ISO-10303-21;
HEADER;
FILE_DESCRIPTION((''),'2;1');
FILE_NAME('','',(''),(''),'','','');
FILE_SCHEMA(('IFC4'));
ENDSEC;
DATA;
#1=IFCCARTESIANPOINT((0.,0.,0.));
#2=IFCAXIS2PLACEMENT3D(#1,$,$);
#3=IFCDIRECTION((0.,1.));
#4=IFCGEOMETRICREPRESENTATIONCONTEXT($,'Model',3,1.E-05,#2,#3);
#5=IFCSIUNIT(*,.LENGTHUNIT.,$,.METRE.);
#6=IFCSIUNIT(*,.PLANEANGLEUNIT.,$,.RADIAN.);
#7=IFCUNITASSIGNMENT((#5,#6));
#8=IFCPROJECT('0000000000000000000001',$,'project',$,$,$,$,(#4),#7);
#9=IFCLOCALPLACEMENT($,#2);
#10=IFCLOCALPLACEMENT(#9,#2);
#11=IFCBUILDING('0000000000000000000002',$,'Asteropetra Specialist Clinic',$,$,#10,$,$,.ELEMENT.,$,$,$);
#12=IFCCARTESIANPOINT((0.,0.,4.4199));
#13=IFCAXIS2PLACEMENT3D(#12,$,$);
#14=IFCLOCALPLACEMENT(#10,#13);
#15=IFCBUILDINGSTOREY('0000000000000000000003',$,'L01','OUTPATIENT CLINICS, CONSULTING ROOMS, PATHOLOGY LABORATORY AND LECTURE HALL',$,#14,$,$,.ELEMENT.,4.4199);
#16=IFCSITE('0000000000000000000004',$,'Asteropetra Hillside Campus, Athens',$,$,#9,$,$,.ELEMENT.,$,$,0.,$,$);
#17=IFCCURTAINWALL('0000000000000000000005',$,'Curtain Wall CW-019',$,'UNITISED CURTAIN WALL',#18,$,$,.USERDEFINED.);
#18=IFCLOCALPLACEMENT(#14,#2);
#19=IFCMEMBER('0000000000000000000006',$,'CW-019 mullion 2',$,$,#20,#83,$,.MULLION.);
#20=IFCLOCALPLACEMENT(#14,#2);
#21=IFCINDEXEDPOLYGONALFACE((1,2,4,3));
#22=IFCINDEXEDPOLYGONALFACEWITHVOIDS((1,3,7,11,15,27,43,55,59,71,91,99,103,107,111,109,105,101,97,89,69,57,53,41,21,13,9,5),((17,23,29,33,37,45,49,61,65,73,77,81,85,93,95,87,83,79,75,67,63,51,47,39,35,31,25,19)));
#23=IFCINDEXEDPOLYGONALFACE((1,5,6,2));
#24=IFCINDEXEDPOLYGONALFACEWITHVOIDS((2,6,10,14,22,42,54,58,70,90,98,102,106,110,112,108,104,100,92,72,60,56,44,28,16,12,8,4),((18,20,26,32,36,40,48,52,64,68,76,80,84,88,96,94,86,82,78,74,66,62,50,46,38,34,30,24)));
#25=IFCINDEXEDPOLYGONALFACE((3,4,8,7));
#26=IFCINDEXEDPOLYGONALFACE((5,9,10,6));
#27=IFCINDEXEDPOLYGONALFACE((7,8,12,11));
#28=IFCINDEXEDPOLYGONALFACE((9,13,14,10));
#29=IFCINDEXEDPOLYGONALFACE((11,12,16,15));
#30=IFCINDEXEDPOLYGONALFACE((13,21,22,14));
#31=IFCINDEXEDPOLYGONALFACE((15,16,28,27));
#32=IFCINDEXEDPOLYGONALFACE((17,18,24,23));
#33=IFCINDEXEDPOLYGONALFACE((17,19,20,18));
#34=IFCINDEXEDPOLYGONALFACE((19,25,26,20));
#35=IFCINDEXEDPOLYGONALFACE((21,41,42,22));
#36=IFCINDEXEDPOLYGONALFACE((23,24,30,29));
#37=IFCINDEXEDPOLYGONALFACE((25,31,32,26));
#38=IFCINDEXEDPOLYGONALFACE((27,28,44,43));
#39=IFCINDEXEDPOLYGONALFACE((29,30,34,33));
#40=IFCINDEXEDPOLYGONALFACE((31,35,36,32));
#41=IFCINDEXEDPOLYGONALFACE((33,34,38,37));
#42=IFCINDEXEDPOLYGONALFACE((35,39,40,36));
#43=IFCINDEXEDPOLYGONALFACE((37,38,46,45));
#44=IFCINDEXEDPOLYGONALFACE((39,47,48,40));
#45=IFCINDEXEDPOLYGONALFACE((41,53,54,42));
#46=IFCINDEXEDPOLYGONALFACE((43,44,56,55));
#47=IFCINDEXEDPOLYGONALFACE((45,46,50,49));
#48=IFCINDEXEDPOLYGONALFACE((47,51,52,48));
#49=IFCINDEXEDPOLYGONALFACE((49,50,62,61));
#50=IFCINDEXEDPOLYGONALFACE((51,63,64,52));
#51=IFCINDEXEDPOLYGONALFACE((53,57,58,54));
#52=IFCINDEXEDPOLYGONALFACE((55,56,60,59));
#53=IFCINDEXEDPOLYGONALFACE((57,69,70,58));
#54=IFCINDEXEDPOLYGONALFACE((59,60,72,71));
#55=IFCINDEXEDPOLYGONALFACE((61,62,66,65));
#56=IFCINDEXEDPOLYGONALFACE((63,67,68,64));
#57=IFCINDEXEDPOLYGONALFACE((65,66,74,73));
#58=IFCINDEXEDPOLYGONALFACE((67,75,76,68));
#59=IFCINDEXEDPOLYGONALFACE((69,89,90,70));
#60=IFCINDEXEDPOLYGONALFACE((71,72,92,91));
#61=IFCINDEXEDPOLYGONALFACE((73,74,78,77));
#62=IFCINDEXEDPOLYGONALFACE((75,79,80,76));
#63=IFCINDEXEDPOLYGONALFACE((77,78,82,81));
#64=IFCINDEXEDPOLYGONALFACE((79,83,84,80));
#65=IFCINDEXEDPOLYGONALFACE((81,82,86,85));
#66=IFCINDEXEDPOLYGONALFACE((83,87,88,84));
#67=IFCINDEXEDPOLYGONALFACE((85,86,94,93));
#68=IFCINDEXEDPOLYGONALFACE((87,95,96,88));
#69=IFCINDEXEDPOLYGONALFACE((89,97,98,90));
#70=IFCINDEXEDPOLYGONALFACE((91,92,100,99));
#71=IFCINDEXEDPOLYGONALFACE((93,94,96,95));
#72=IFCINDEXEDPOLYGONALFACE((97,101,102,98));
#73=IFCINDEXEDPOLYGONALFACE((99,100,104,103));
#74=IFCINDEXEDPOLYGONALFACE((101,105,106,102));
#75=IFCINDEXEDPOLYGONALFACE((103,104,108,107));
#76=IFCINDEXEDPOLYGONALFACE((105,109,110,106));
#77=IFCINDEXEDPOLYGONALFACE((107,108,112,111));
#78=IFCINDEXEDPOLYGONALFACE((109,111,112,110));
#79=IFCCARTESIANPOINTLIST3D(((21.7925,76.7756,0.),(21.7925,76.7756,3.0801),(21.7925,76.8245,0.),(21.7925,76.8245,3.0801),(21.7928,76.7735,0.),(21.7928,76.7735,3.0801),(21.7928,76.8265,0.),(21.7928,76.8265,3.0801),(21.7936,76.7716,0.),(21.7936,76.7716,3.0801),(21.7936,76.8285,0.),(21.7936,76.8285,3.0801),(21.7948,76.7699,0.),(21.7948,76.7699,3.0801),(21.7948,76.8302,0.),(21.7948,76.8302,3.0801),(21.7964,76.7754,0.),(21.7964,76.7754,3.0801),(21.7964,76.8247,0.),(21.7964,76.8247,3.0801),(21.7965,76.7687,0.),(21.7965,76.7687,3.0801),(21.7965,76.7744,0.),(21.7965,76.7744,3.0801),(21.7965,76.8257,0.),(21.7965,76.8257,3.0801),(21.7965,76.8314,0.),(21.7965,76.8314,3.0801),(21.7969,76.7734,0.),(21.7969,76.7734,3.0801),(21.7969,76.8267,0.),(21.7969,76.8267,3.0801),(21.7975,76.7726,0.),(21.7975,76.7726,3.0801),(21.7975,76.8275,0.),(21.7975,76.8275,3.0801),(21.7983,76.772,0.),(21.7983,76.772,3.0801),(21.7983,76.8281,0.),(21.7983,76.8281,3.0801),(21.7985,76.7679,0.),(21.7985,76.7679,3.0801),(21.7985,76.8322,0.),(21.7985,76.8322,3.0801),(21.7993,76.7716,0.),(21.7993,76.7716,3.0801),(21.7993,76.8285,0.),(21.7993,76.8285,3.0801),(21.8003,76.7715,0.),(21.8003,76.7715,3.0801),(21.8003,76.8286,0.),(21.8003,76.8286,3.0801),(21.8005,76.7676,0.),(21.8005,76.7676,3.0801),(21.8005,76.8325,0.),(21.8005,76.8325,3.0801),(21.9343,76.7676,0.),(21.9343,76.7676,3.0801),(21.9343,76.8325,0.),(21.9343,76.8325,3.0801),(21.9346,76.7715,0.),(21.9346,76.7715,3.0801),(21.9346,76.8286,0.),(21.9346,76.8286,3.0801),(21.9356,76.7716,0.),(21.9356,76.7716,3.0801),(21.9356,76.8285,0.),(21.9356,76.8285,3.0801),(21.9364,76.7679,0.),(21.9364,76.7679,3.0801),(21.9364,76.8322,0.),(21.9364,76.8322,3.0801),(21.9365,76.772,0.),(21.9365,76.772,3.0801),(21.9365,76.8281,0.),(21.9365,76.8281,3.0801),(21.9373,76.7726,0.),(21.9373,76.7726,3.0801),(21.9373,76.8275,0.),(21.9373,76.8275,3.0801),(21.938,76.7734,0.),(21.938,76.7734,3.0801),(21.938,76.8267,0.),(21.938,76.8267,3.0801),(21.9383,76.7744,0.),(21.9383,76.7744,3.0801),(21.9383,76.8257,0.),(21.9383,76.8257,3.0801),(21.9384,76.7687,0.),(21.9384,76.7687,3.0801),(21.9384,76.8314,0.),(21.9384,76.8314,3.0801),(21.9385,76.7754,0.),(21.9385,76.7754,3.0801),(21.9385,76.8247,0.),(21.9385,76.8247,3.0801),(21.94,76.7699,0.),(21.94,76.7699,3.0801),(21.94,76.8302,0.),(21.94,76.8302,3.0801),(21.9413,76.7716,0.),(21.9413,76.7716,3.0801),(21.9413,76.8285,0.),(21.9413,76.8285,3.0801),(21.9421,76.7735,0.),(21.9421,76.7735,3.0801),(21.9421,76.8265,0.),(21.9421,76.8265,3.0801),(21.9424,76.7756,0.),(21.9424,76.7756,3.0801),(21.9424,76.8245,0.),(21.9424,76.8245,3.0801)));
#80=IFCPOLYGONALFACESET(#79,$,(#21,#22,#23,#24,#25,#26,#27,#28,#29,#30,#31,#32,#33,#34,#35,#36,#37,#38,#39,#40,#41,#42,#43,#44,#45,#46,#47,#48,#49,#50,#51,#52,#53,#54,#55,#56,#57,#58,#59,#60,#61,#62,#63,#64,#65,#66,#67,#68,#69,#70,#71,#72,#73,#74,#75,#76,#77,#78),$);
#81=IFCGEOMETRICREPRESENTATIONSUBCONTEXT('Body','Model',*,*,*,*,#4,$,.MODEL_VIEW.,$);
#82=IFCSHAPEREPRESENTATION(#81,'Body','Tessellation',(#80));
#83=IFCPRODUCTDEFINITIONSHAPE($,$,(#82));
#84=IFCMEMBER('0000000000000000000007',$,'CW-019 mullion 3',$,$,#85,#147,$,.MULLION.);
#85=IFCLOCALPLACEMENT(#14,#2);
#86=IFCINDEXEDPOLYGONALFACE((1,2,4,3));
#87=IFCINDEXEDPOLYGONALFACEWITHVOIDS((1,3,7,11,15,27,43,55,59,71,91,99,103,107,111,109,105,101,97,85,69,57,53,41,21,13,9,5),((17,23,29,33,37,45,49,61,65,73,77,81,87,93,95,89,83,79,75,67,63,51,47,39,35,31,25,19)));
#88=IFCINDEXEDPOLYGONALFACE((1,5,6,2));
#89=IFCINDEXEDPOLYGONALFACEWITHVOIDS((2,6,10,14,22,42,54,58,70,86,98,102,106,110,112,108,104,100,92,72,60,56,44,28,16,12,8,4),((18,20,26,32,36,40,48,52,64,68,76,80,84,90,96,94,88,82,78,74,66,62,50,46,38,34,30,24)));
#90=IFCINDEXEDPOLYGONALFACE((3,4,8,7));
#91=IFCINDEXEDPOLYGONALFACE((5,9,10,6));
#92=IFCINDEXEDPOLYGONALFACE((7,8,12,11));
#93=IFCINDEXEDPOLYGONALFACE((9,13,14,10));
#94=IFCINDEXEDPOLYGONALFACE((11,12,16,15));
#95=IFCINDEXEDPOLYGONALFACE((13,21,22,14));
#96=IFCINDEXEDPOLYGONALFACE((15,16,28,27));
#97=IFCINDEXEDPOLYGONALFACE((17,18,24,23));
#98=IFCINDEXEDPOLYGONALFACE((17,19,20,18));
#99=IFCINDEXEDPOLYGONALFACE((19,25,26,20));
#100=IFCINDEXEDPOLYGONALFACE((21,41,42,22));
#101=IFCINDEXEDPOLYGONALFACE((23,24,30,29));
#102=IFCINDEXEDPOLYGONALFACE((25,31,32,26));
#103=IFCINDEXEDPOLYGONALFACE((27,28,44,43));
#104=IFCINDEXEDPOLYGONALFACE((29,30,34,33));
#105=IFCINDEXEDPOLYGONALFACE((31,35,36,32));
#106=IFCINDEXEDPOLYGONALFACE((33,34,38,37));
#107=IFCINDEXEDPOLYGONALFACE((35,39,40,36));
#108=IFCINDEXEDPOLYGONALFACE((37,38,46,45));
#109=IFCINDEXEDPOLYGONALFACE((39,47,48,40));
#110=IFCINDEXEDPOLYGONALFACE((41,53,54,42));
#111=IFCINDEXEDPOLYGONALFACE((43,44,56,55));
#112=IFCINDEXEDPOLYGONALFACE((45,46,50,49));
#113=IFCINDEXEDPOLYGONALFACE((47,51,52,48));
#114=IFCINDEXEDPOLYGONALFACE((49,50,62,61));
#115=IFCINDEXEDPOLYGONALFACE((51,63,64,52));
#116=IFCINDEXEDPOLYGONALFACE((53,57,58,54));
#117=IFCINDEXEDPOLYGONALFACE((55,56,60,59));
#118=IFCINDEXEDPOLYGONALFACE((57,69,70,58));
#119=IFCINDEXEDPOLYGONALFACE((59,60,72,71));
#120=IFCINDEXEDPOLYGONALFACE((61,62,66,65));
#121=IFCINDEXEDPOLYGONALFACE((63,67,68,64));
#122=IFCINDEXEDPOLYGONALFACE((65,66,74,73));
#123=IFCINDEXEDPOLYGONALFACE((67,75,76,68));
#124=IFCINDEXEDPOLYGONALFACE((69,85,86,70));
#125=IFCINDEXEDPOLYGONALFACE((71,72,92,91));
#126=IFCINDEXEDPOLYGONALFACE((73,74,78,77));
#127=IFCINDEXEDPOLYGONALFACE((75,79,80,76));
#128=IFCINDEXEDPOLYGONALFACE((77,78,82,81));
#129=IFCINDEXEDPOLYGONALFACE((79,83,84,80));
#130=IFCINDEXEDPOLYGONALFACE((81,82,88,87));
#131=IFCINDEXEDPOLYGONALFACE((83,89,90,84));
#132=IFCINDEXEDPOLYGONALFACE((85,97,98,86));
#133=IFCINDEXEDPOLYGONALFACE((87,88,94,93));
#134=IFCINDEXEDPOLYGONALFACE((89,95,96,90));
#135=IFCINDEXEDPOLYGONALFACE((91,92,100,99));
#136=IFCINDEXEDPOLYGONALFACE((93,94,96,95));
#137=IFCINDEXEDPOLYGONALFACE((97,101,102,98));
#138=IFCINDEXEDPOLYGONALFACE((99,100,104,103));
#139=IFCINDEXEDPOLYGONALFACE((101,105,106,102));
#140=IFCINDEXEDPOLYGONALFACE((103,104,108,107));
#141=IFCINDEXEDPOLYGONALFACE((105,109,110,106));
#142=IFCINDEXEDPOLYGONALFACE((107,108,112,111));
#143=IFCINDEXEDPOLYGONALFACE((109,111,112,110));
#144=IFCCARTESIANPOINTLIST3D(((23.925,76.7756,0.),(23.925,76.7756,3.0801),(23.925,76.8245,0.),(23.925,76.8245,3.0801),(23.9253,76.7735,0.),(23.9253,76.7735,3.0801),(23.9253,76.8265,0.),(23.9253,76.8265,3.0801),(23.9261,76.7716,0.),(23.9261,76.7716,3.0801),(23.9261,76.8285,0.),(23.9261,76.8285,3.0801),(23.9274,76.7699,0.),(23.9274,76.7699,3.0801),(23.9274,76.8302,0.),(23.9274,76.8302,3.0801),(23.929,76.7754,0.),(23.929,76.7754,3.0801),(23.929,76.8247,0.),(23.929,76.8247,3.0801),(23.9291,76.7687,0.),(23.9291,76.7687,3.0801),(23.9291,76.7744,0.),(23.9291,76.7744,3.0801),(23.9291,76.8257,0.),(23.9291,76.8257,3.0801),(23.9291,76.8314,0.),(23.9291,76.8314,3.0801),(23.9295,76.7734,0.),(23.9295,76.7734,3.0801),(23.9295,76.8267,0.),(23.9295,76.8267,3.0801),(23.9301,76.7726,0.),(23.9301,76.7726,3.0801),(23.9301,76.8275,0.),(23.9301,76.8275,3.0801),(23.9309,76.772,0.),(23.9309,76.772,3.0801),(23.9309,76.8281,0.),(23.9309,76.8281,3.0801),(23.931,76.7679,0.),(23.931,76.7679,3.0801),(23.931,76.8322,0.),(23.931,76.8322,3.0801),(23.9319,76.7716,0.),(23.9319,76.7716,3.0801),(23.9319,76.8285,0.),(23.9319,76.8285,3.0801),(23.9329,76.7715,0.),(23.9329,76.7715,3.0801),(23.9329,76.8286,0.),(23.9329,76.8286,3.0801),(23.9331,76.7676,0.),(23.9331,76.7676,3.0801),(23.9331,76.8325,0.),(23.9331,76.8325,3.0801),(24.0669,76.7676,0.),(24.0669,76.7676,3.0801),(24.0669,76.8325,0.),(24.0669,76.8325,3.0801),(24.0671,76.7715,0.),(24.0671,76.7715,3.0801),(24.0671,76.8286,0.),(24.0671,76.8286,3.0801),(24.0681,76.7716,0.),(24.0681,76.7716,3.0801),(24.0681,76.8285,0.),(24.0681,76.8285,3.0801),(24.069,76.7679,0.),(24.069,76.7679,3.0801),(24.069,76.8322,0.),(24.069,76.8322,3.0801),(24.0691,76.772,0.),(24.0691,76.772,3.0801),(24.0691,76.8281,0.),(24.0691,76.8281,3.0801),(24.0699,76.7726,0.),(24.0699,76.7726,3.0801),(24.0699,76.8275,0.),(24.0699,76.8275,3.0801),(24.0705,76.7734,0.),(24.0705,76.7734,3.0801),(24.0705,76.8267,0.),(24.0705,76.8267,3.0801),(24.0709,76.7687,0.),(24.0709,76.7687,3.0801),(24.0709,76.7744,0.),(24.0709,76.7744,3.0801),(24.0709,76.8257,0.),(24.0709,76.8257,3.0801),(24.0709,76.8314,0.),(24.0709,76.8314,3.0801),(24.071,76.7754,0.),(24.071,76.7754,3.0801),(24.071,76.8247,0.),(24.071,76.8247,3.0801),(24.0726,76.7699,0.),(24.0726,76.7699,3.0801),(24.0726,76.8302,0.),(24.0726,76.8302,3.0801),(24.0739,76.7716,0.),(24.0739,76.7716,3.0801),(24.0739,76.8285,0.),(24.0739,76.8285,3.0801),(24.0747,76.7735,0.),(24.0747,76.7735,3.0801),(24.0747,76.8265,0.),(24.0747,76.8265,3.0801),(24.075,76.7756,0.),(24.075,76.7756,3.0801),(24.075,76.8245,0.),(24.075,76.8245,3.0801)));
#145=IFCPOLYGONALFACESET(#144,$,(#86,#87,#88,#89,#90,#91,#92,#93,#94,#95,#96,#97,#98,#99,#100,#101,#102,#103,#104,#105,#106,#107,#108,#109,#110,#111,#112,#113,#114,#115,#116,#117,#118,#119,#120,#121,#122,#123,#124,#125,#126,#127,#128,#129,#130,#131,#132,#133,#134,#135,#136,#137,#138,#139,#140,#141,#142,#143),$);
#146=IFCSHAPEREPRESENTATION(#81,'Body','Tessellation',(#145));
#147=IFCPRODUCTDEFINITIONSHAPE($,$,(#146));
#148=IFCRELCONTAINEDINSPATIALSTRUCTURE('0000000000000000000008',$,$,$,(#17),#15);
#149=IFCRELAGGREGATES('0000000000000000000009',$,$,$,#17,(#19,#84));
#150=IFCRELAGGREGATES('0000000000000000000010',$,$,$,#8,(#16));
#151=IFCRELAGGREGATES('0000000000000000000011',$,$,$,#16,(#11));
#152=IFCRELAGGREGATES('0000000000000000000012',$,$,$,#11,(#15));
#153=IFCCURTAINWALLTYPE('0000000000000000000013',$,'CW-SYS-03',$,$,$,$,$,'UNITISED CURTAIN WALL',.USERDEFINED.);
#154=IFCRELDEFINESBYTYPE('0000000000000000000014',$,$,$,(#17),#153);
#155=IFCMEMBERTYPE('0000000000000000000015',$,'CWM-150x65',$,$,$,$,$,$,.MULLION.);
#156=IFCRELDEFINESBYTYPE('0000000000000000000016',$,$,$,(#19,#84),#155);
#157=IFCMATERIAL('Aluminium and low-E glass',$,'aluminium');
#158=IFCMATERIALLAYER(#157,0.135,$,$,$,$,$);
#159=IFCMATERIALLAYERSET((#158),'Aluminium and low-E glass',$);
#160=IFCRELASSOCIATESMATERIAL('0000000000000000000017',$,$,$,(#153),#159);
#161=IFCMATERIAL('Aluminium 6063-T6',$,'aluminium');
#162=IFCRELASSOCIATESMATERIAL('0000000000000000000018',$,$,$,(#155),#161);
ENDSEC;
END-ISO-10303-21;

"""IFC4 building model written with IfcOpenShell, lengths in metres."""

from ifc_helpers import new_model, si_unit, direction, frame, origin, origin_2d, place, context, subcontext, project, spatial, hollow_rectangle, extrude, material, layer, layer_set, material_profile, profile_set, type_object, element, aggregate, save


model = new_model("IFC4")

# Units and contexts
model_context = context("Model", 3, precision=1e-05, world=origin(), true_north=direction((0.0, 1.0)))
body_context = subcontext(model_context, "Body", "Model", "MODEL_VIEW")
ifc_project = project(units=[si_unit("LENGTHUNIT", "METRE"), si_unit("PLANEANGLEUNIT", "RADIAN")], contexts=[model_context])

# Site, building, storey
site_placement = place(None, origin())
site = spatial("IfcSite", under=ifc_project, at=site_placement, Name="Asteropetra Hillside Campus, Athens", CompositionType="ELEMENT", RefElevation=0.0)
building_placement = place(site_placement, origin())
building = spatial("IfcBuilding", under=site, at=building_placement, Name="Asteropetra Specialist Clinic", CompositionType="ELEMENT")
storey_placement = place(building_placement, frame((0.0, 0.0, 4.4199)))
storey = spatial("IfcBuildingStorey", under=building, at=storey_placement, Name="L01", Description="OUTPATIENT CLINICS, CONSULTING ROOMS, PATHOLOGY LABORATORY AND LECTURE HALL", CompositionType="ELEMENT", Elevation=4.4199)

# Curtain wall, members
ifc_material_1 = material(Name="Aluminium and low-E glass", Category="aluminium")
ifc_layer_1 = layer(ifc_material_1, 0.135)
ifc_layer_set_1 = layer_set([ifc_layer_1], Name="Aluminium and low-E glass")
curtain_wall_type = type_object("IfcCurtainWallType", Name="CW-SYS-03", ElementType="UNITISED CURTAIN WALL", PredefinedType="USERDEFINED", material=ifc_layer_set_1)
curtain_wall_placement = place(storey_placement, origin())
curtain_wall = element("IfcCurtainWall", 1, at=curtain_wall_placement, inside=storey, type_object=curtain_wall_type, Name="Curtain Wall CW-019", ObjectType="UNITISED CURTAIN WALL", PredefinedType="USERDEFINED")
ifc_material_2 = material(Name="Aluminium 6063-T6", Category="aluminium")
ifc_material_profile_1 = material_profile(ifc_material_2, hollow_rectangle(XDim=0.0649, YDim=0.1499, WallThickness=0.0039, InnerFilletRadius=0.0039, OuterFilletRadius=0.0081, at=origin_2d()), Name="MUL 150x65x4.0")
ifc_profile_set_1 = profile_set([ifc_material_profile_1], Name="Aluminium 6063-T6")
member_type_1 = type_object("IfcMemberType", Name="CWM-150x65", PredefinedType="MULLION", material=ifc_profile_set_1)
member_1_placement = place(storey_placement, frame((21.8674, 76.8, 0.0), z_axis=(0.0, 0.0, 1.0), x_axis=(0.0, 1.0, 0.0)))
member_1 = element("IfcMember", 2, at=member_1_placement, type_object=member_type_1, Name="CW-019 mullion 2", PredefinedType="MULLION", context=body_context, shape_type="SweptSolid", body=[
    extrude(hollow_rectangle(XDim=0.0649, YDim=0.1499, WallThickness=0.0039, InnerFilletRadius=0.0039, OuterFilletRadius=0.0081, at=origin_2d()), origin(), (0.0, 0.0, 1.0), 3.0801),
])
member_2_placement = place(storey_placement, frame((24.0, 76.8, 0.0), z_axis=(0.0, 0.0, 1.0), x_axis=(0.0, 1.0, 0.0)))
member_2 = element("IfcMember", 3, at=member_2_placement, type_object=member_type_1, Name="CW-019 mullion 3", PredefinedType="MULLION", context=body_context, shape_type="SweptSolid", body=[
    extrude(hollow_rectangle(XDim=0.0649, YDim=0.1499, WallThickness=0.0039, InnerFilletRadius=0.0039, OuterFilletRadius=0.0081, at=origin_2d()), origin(), (0.0, 0.0, 1.0), 3.0801),
])
aggregate(curtain_wall, [member_1, member_2])

save(model, "model.ifc")
